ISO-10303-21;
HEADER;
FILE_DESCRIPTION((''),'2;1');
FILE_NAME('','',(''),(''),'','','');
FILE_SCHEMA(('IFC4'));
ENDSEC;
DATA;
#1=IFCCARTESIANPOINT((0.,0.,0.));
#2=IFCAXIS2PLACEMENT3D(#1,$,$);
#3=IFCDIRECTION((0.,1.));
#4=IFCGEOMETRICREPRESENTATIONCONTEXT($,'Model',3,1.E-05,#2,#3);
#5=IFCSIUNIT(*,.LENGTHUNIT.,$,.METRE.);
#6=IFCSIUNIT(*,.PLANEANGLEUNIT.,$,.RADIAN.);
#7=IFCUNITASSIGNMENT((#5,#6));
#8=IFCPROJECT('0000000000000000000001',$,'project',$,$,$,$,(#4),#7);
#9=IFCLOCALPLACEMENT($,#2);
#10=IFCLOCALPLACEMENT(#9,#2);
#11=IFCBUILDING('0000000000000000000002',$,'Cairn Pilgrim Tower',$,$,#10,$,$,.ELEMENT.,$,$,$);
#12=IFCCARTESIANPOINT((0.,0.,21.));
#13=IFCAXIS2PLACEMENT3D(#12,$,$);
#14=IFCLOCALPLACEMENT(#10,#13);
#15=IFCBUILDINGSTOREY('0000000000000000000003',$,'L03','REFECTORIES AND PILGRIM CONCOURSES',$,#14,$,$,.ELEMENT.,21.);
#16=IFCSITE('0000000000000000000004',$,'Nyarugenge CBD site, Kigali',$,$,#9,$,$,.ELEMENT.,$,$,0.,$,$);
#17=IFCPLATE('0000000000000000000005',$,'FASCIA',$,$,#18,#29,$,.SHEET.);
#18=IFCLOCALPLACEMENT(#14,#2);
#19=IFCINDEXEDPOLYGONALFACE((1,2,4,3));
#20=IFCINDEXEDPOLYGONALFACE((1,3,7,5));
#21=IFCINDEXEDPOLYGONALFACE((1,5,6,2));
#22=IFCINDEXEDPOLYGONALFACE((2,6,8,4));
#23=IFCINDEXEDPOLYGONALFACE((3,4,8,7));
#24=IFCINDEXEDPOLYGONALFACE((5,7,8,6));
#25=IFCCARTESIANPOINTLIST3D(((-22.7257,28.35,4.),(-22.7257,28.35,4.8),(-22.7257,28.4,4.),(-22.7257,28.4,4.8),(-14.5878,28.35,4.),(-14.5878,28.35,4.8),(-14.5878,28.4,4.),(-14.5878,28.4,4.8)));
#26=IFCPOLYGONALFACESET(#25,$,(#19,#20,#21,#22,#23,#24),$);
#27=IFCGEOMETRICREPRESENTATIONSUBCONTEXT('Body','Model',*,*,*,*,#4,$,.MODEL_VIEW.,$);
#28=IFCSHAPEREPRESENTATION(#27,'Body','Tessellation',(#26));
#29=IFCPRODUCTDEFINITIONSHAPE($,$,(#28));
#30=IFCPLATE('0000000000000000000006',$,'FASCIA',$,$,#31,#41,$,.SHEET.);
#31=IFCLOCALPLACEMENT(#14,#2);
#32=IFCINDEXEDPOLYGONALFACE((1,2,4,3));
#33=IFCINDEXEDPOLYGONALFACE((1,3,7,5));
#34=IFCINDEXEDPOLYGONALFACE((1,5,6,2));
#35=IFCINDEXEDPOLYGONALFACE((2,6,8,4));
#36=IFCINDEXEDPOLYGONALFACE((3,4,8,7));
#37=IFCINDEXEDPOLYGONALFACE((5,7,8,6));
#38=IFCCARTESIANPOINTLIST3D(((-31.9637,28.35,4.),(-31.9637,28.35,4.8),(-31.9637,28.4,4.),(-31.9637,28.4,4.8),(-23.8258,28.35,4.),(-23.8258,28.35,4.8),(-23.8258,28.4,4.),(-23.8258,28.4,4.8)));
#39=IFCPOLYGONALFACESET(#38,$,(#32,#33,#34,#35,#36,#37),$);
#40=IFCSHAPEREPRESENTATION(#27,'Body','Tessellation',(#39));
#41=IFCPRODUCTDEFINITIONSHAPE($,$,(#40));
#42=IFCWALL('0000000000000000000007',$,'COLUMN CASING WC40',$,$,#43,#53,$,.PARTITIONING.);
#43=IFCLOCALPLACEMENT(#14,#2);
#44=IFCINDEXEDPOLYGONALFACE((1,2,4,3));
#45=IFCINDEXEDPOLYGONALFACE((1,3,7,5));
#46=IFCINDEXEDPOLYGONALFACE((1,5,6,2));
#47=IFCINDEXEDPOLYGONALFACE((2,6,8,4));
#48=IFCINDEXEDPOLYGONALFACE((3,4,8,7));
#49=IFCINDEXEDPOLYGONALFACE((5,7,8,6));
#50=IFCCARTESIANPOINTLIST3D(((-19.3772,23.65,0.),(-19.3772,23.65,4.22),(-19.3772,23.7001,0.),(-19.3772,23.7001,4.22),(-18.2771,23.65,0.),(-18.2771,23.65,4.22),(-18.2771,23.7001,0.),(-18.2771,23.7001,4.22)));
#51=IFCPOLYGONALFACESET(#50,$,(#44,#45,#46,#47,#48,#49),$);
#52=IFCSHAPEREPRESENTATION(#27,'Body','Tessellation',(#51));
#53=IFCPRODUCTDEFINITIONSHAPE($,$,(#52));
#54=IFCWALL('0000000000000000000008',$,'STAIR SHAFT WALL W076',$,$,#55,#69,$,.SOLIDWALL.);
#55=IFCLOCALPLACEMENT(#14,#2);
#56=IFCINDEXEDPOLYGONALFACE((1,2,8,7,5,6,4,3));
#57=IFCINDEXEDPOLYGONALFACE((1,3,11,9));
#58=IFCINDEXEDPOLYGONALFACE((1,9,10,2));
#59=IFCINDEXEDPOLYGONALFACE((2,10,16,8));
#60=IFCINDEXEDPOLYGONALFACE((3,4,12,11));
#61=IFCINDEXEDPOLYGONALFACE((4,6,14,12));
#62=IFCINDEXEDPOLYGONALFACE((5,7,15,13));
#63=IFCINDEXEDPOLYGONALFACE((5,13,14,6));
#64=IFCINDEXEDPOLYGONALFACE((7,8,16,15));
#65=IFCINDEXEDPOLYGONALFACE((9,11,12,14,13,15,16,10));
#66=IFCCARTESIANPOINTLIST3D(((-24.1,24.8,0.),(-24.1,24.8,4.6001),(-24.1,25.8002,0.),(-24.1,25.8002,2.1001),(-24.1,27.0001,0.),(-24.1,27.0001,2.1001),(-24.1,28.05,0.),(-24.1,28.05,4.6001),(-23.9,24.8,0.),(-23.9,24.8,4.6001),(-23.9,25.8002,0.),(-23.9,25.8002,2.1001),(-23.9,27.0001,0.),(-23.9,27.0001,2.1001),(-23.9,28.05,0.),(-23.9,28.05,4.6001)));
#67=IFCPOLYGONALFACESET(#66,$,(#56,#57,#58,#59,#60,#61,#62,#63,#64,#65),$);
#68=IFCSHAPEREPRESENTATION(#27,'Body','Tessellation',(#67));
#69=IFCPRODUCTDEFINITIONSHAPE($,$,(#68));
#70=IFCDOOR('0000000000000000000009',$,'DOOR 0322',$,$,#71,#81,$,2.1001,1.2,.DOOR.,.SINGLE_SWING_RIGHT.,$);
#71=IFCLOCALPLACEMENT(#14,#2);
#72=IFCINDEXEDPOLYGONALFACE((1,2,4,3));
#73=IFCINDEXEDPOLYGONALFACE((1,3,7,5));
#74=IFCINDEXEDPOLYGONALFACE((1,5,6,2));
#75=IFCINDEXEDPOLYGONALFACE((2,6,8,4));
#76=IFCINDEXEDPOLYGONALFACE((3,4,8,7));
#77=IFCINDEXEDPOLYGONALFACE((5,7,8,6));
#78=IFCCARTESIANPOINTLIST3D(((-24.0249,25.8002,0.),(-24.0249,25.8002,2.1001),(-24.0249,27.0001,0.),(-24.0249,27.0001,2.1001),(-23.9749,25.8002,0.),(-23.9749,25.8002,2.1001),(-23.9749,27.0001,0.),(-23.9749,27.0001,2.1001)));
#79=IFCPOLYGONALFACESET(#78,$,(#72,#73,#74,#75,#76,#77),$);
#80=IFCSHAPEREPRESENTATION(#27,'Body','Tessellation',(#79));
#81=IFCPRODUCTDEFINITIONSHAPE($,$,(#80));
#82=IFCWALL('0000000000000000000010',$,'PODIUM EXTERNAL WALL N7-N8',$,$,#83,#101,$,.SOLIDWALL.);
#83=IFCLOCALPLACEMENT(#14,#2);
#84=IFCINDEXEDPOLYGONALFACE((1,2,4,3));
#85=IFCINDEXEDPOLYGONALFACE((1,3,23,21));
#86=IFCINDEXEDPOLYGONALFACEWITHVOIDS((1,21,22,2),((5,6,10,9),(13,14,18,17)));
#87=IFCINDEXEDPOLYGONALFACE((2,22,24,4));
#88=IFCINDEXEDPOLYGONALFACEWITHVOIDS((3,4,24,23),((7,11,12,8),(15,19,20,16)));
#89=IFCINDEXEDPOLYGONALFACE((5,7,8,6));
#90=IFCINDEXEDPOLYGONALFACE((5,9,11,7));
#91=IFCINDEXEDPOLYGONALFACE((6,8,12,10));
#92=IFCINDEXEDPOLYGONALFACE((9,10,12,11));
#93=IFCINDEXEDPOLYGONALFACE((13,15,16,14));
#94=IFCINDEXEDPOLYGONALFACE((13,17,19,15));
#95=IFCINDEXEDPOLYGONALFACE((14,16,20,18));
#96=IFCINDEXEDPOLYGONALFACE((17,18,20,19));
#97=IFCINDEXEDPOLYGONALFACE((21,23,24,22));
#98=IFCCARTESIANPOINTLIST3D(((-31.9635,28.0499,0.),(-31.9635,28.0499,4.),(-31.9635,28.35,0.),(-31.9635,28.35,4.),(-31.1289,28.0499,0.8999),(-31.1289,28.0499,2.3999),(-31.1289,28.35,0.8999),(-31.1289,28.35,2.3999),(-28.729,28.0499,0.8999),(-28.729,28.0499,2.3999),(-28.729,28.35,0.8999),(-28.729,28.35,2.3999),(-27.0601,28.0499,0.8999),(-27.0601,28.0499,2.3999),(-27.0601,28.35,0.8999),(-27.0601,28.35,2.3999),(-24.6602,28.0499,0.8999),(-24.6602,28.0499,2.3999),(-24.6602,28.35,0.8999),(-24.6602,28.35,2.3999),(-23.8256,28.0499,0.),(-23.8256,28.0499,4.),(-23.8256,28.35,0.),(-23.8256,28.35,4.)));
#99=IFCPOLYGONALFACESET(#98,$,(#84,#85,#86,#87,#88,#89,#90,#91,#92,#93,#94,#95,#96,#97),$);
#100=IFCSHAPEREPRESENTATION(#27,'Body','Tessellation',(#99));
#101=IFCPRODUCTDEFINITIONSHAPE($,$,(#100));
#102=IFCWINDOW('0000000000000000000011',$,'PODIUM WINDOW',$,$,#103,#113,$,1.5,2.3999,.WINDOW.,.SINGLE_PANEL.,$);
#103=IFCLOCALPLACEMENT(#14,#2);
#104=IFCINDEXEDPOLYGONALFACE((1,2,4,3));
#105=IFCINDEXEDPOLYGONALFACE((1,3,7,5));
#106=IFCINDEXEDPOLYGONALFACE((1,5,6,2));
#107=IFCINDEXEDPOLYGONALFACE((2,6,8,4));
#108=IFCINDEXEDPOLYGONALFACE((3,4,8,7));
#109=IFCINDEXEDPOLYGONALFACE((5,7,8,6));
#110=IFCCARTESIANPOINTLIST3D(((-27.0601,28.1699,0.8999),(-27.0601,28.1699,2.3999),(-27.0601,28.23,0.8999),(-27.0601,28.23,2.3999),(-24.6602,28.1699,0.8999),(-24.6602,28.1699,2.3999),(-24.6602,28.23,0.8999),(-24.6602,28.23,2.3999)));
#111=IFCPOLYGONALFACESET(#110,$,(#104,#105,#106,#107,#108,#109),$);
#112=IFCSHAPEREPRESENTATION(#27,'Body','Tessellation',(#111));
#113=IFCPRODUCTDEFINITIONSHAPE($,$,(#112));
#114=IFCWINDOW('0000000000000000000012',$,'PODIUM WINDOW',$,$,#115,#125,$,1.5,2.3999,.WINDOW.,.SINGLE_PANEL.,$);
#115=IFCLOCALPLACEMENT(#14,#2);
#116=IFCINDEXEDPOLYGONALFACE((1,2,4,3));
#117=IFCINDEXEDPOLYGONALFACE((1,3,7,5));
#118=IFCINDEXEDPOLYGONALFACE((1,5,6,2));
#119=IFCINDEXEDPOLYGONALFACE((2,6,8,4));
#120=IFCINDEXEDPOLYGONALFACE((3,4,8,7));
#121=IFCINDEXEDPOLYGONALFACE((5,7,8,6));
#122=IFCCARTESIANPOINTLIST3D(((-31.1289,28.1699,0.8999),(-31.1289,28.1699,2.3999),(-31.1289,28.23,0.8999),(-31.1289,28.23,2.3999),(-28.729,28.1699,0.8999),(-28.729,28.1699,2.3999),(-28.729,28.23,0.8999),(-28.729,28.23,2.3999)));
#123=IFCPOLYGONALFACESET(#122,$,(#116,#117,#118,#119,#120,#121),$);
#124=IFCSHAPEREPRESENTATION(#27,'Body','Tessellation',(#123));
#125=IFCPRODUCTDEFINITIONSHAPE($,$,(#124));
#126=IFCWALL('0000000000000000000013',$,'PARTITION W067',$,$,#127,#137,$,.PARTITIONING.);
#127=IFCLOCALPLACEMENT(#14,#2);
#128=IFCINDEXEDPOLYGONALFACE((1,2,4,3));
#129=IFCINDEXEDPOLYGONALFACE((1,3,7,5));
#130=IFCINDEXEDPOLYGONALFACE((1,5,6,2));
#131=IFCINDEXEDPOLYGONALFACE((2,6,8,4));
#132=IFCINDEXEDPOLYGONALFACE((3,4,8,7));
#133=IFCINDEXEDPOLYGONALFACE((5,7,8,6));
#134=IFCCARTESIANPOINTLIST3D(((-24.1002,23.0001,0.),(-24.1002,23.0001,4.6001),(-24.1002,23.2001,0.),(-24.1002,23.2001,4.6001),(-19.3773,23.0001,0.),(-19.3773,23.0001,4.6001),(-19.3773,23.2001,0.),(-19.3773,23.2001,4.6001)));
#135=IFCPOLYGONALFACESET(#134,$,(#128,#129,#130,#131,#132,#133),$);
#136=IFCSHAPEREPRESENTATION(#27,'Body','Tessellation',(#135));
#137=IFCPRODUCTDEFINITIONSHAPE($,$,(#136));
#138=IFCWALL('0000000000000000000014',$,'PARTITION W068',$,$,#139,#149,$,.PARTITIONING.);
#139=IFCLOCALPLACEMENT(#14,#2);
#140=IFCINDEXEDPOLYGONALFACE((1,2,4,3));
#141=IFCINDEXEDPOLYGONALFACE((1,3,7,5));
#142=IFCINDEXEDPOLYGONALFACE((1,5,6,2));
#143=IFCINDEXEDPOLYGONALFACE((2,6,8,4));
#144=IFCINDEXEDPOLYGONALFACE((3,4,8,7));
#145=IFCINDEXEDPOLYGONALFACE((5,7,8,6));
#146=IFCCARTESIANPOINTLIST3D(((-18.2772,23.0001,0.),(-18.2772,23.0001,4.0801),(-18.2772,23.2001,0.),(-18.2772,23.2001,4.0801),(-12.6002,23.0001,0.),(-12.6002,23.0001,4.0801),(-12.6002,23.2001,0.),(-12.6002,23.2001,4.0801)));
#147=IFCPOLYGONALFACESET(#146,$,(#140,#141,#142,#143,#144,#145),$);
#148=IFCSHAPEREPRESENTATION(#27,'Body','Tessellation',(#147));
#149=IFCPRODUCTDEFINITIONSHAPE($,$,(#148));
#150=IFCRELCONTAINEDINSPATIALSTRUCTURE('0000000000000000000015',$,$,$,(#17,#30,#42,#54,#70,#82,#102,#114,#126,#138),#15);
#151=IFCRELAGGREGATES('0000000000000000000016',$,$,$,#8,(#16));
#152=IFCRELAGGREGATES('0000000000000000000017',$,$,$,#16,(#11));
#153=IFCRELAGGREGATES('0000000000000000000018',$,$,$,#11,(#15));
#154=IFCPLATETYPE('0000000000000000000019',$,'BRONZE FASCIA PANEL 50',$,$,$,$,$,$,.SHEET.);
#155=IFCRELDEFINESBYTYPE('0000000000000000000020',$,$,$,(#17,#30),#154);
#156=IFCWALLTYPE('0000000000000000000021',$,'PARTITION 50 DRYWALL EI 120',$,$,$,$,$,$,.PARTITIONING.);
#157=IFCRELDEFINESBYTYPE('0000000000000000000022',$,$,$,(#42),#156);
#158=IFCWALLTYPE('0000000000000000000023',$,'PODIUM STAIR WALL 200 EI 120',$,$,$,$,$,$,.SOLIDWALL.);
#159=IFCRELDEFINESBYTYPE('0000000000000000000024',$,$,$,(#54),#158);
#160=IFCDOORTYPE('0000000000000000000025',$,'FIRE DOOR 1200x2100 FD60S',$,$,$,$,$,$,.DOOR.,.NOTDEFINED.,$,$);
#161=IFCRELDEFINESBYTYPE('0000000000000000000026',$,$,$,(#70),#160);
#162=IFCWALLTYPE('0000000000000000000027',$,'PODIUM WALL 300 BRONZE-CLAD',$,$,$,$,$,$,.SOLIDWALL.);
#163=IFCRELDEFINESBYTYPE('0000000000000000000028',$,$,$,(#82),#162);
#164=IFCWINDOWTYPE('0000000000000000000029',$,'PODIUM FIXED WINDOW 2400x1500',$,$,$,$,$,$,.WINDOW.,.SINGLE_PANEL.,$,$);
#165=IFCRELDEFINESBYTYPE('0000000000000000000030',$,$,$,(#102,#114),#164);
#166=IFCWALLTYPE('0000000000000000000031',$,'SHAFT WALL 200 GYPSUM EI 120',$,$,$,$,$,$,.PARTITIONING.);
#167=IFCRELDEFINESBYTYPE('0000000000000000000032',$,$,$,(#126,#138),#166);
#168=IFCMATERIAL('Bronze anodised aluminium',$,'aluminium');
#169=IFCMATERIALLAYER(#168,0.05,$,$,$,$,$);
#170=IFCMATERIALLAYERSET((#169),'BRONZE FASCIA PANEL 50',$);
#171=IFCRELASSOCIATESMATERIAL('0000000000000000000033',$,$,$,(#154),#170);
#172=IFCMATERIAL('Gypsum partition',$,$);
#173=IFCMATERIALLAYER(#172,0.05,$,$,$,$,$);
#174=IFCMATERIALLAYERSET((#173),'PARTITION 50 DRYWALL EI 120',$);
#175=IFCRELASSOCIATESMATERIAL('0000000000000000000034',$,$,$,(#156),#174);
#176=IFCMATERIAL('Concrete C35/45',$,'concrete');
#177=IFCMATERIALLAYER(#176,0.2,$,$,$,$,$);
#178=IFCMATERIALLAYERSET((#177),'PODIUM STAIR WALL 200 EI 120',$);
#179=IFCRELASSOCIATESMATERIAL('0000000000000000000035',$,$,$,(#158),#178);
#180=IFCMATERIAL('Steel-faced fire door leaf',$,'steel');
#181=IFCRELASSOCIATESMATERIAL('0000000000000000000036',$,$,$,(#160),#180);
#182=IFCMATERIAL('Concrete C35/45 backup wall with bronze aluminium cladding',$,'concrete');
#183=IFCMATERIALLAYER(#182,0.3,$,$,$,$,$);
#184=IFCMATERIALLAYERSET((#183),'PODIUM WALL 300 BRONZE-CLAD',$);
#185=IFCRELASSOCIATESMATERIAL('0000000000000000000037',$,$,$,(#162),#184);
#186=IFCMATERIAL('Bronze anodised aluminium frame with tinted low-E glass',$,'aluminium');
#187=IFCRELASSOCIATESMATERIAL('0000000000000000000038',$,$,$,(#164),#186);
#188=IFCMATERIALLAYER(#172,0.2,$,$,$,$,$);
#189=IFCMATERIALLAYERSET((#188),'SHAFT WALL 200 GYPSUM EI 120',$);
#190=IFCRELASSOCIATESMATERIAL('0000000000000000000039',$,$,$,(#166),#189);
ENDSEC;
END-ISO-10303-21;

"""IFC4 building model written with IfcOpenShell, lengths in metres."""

from ifc_helpers import new_model, si_unit, direction, frame, frame_2d, origin, origin_2d, place, context, subcontext, project, spatial, rectangle, extrude, material, layer, layer_set, type_object, element, fill, save


model = new_model("IFC4")

# Units and contexts
model_context = context("Model", 3, precision=1e-05, world=origin(), true_north=direction((0.0, 1.0)))
body_context = subcontext(model_context, "Body", "Model", "MODEL_VIEW")
ifc_project = project(units=[si_unit("LENGTHUNIT", "METRE"), si_unit("PLANEANGLEUNIT", "RADIAN")], contexts=[model_context])

# Site, building, storey
site_placement = place(None, origin())
site = spatial("IfcSite", under=ifc_project, at=site_placement, Name="Nyarugenge CBD site, Kigali", CompositionType="ELEMENT", RefElevation=0.0)
building_placement = place(site_placement, origin())
building = spatial("IfcBuilding", under=site, at=building_placement, Name="Cairn Pilgrim Tower", CompositionType="ELEMENT")
storey_placement = place(building_placement, frame((0.0, 0.0, 21.0)))
storey = spatial("IfcBuildingStorey", under=building, at=storey_placement, Name="L03", Description="REFECTORIES AND PILGRIM CONCOURSES", CompositionType="ELEMENT", Elevation=21.0)

# Plates
ifc_material_1 = material(Name="Bronze anodised aluminium", Category="aluminium")
ifc_layer_1 = layer(ifc_material_1, 0.05)
ifc_layer_set_1 = layer_set([ifc_layer_1], Name="BRONZE FASCIA PANEL 50")
plate_type = type_object("IfcPlateType", Name="BRONZE FASCIA PANEL 50", PredefinedType="SHEET", material=ifc_layer_set_1)
for number, where, z_axis, x_axis, name in (
    (1, (-18.6567, 28.375, 4.0), (0.0, 0.0, 1.0), (-1.0, 0.0, 0.0), "FASCIA"),
    (2, (-27.8948, 28.375, 4.0), (0.0, 0.0, 1.0), (-1.0, 0.0, 0.0), "FASCIA"),
):
    element("IfcPlate", number, at=place(storey_placement, frame(where, z_axis=z_axis, x_axis=x_axis)), inside=storey, type_object=plate_type, Name=name, PredefinedType="SHEET", context=body_context, shape_type="SweptSolid", body=[
        extrude(rectangle(XDim=8.1379, YDim=0.05, at=origin_2d()), origin(), (0.0, 0.0, 1.0), 0.8),
    ])

# Wall
ifc_material_2 = material(Name="Gypsum partition")
ifc_layer_2 = layer(ifc_material_2, 0.05)
ifc_layer_set_2 = layer_set([ifc_layer_2], Name="PARTITION 50 DRYWALL EI 120")
wall_type_1 = type_object("IfcWallType", Name="PARTITION 50 DRYWALL EI 120", PredefinedType="PARTITIONING", material=ifc_layer_set_2)
wall_1_placement = place(storey_placement, frame((-19.3772, 23.675, 0.0), z_axis=(0.0, 0.0, 1.0), x_axis=(1.0, 0.0, 0.0)))
element("IfcWall", 3, at=wall_1_placement, inside=storey, type_object=wall_type_1, Name="COLUMN CASING WC40", PredefinedType="PARTITIONING", context=body_context, shape_type="SweptSolid", body=[
    extrude(rectangle(XDim=1.1001, YDim=0.05, at=frame_2d((0.55, 0.0))), origin(), (0.0, 0.0, 1.0), 4.22),
])

# Wall, opening, door
ifc_material_3 = material(Name="Concrete C35/45", Category="concrete")
ifc_layer_3 = layer(ifc_material_3, 0.2)
ifc_layer_set_3 = layer_set([ifc_layer_3], Name="PODIUM STAIR WALL 200 EI 120")
wall_type_2 = type_object("IfcWallType", Name="PODIUM STAIR WALL 200 EI 120", PredefinedType="SOLIDWALL", material=ifc_layer_set_3)
wall_2_placement = place(storey_placement, frame((-24.0, 24.8, 0.0), z_axis=(0.0, 0.0, 1.0), x_axis=(0.0, 1.0, 0.0)))
wall_2 = element("IfcWall", 4, at=wall_2_placement, inside=storey, type_object=wall_type_2, Name="STAIR SHAFT WALL W076", PredefinedType="SOLIDWALL", context=body_context, shape_type="SweptSolid", body=[
    extrude(rectangle(XDim=3.25, YDim=0.2, at=frame_2d((1.625, 0.0))), origin(), (0.0, 0.0, 1.0), 4.6001),
])
opening_1_placement = place(wall_2_placement, frame((1.0, 0.0, 0.0)))
opening_1 = element("IfcOpeningElement", 5, at=opening_1_placement, cuts=wall_2, PredefinedType="OPENING", context=body_context, shape_type="SweptSolid", body=[
    extrude(rectangle(XDim=1.2, YDim=2.1001, at=frame_2d((0.6001, 1.05))), frame((0.0, 0.1099, 0.0), z_axis=(0.0, -1.0, 0.0), x_axis=(1.0, 0.0, 0.0)), (0.0, 0.0, 1.0), 0.22),
])
ifc_material_4 = material(Name="Steel-faced fire door leaf", Category="steel")
door_type = type_object("IfcDoorType", Name="FIRE DOOR 1200x2100 FD60S", OperationType="NOTDEFINED", PredefinedType="DOOR", material=ifc_material_4)
door_placement = place(opening_1_placement, origin())
door = element("IfcDoor", 6, at=door_placement, inside=storey, type_object=door_type, Name="DOOR 0322", OperationType="SINGLE_SWING_RIGHT", OverallHeight=2.1001, OverallWidth=1.2, PredefinedType="DOOR", context=body_context, shape_type="SweptSolid", body=[
    extrude(rectangle(XDim=1.2, YDim=2.1001, at=frame_2d((0.6001, 1.05))), frame((0.0, 0.0249, 0.0), z_axis=(0.0, -1.0, 0.0), x_axis=(1.0, 0.0, 0.0)), (0.0, 0.0, 1.0), 0.05),
])
fill(opening_1, door)

# Wall, openings, windows
ifc_material_5 = material(Name="Concrete C35/45 backup wall with bronze aluminium cladding", Category="concrete")
ifc_layer_4 = layer(ifc_material_5, 0.3)
ifc_layer_set_4 = layer_set([ifc_layer_4], Name="PODIUM WALL 300 BRONZE-CLAD")
wall_type_3 = type_object("IfcWallType", Name="PODIUM WALL 300 BRONZE-CLAD", PredefinedType="SOLIDWALL", material=ifc_layer_set_4)
wall_3_placement = place(storey_placement, frame((-23.8257, 28.2, 0.0), z_axis=(0.0, 0.0, 1.0), x_axis=(-1.0, 0.0, 0.0)))
wall_3 = element("IfcWall", 7, at=wall_3_placement, inside=storey, type_object=wall_type_3, Name="PODIUM EXTERNAL WALL N7-N8", PredefinedType="SOLIDWALL", context=body_context, shape_type="SweptSolid", body=[
    extrude(rectangle(XDim=8.1379, YDim=0.3, at=frame_2d((4.0688, 0.0))), origin(), (0.0, 0.0, 1.0), 4.0),
])
opening_2_placement = place(wall_3_placement, frame((0.8345, 0.0, 0.8999)))
opening_2 = element("IfcOpeningElement", 8, at=opening_2_placement, cuts=wall_3, PredefinedType="OPENING", context=body_context, shape_type="SweptSolid", body=[
    extrude(rectangle(XDim=2.3999, YDim=1.5, at=frame_2d((1.2, 0.75))), frame((0.0, 0.1602, 0.0), z_axis=(0.0, -1.0, 0.0), x_axis=(1.0, 0.0, 0.0)), (0.0, 0.0, 1.0), 0.3201),
])
opening_3_placement = place(wall_3_placement, frame((4.9033, 0.0, 0.8999)))
opening_3 = element("IfcOpeningElement", 9, at=opening_3_placement, cuts=wall_3, PredefinedType="OPENING", context=body_context, shape_type="SweptSolid", body=[
    extrude(rectangle(XDim=2.3999, YDim=1.5, at=frame_2d((1.2, 0.75))), frame((0.0, 0.1602, 0.0), z_axis=(0.0, -1.0, 0.0), x_axis=(1.0, 0.0, 0.0)), (0.0, 0.0, 1.0), 0.3201),
])
ifc_material_6 = material(Name="Bronze anodised aluminium frame with tinted low-E glass", Category="aluminium")
window_type = type_object("IfcWindowType", Name="PODIUM FIXED WINDOW 2400x1500", PartitioningType="SINGLE_PANEL", PredefinedType="WINDOW", material=ifc_material_6)
window_1_placement = place(opening_2_placement, origin())
window_1 = element("IfcWindow", 10, at=window_1_placement, inside=storey, type_object=window_type, Name="PODIUM WINDOW", OverallHeight=1.5, OverallWidth=2.3999, PartitioningType="SINGLE_PANEL", PredefinedType="WINDOW", context=body_context, shape_type="SweptSolid", body=[
    extrude(rectangle(XDim=2.3999, YDim=1.5, at=frame_2d((1.2, 0.75))), frame((0.0, 0.03, 0.0), z_axis=(0.0, -1.0, 0.0), x_axis=(1.0, 0.0, 0.0)), (0.0, 0.0, 1.0), 0.0601),
])
fill(opening_2, window_1)
window_2_placement = place(opening_3_placement, origin())
window_2 = element("IfcWindow", 11, at=window_2_placement, inside=storey, type_object=window_type, Name="PODIUM WINDOW", OverallHeight=1.5, OverallWidth=2.3999, PartitioningType="SINGLE_PANEL", PredefinedType="WINDOW", context=body_context, shape_type="SweptSolid", body=[
    extrude(rectangle(XDim=2.3999, YDim=1.5, at=frame_2d((1.2, 0.75))), frame((0.0, 0.03, 0.0), z_axis=(0.0, -1.0, 0.0), x_axis=(1.0, 0.0, 0.0)), (0.0, 0.0, 1.0), 0.0601),
])
fill(opening_3, window_2)

# Walls
ifc_layer_5 = layer(ifc_material_2, 0.2)
ifc_layer_set_5 = layer_set([ifc_layer_5], Name="SHAFT WALL 200 GYPSUM EI 120")
wall_type_4 = type_object("IfcWallType", Name="SHAFT WALL 200 GYPSUM EI 120", PredefinedType="PARTITIONING", material=ifc_layer_set_5)
wall_4_placement = place(storey_placement, frame((-24.1001, 23.1001, 0.0), z_axis=(0.0, 0.0, 1.0), x_axis=(1.0, 0.0, 0.0)))
element("IfcWall", 12, at=wall_4_placement, inside=storey, type_object=wall_type_4, Name="PARTITION W067", PredefinedType="PARTITIONING", context=body_context, shape_type="SweptSolid", body=[
    extrude(rectangle(XDim=4.7229, YDim=0.2, at=frame_2d((2.3613, 0.0))), origin(), (0.0, 0.0, 1.0), 4.6001),
])
wall_5_placement = place(storey_placement, frame((-18.2771, 23.1001, 0.0), z_axis=(0.0, 0.0, 1.0), x_axis=(1.0, 0.0, 0.0)))
element("IfcWall", 13, at=wall_5_placement, inside=storey, type_object=wall_type_4, Name="PARTITION W068", PredefinedType="PARTITIONING", context=body_context, shape_type="SweptSolid", body=[
    extrude(rectangle(XDim=5.677, YDim=0.2, at=frame_2d((2.8384, 0.0))), origin(), (0.0, 0.0, 1.0), 4.0801),
])

save(model, "model.ifc")
